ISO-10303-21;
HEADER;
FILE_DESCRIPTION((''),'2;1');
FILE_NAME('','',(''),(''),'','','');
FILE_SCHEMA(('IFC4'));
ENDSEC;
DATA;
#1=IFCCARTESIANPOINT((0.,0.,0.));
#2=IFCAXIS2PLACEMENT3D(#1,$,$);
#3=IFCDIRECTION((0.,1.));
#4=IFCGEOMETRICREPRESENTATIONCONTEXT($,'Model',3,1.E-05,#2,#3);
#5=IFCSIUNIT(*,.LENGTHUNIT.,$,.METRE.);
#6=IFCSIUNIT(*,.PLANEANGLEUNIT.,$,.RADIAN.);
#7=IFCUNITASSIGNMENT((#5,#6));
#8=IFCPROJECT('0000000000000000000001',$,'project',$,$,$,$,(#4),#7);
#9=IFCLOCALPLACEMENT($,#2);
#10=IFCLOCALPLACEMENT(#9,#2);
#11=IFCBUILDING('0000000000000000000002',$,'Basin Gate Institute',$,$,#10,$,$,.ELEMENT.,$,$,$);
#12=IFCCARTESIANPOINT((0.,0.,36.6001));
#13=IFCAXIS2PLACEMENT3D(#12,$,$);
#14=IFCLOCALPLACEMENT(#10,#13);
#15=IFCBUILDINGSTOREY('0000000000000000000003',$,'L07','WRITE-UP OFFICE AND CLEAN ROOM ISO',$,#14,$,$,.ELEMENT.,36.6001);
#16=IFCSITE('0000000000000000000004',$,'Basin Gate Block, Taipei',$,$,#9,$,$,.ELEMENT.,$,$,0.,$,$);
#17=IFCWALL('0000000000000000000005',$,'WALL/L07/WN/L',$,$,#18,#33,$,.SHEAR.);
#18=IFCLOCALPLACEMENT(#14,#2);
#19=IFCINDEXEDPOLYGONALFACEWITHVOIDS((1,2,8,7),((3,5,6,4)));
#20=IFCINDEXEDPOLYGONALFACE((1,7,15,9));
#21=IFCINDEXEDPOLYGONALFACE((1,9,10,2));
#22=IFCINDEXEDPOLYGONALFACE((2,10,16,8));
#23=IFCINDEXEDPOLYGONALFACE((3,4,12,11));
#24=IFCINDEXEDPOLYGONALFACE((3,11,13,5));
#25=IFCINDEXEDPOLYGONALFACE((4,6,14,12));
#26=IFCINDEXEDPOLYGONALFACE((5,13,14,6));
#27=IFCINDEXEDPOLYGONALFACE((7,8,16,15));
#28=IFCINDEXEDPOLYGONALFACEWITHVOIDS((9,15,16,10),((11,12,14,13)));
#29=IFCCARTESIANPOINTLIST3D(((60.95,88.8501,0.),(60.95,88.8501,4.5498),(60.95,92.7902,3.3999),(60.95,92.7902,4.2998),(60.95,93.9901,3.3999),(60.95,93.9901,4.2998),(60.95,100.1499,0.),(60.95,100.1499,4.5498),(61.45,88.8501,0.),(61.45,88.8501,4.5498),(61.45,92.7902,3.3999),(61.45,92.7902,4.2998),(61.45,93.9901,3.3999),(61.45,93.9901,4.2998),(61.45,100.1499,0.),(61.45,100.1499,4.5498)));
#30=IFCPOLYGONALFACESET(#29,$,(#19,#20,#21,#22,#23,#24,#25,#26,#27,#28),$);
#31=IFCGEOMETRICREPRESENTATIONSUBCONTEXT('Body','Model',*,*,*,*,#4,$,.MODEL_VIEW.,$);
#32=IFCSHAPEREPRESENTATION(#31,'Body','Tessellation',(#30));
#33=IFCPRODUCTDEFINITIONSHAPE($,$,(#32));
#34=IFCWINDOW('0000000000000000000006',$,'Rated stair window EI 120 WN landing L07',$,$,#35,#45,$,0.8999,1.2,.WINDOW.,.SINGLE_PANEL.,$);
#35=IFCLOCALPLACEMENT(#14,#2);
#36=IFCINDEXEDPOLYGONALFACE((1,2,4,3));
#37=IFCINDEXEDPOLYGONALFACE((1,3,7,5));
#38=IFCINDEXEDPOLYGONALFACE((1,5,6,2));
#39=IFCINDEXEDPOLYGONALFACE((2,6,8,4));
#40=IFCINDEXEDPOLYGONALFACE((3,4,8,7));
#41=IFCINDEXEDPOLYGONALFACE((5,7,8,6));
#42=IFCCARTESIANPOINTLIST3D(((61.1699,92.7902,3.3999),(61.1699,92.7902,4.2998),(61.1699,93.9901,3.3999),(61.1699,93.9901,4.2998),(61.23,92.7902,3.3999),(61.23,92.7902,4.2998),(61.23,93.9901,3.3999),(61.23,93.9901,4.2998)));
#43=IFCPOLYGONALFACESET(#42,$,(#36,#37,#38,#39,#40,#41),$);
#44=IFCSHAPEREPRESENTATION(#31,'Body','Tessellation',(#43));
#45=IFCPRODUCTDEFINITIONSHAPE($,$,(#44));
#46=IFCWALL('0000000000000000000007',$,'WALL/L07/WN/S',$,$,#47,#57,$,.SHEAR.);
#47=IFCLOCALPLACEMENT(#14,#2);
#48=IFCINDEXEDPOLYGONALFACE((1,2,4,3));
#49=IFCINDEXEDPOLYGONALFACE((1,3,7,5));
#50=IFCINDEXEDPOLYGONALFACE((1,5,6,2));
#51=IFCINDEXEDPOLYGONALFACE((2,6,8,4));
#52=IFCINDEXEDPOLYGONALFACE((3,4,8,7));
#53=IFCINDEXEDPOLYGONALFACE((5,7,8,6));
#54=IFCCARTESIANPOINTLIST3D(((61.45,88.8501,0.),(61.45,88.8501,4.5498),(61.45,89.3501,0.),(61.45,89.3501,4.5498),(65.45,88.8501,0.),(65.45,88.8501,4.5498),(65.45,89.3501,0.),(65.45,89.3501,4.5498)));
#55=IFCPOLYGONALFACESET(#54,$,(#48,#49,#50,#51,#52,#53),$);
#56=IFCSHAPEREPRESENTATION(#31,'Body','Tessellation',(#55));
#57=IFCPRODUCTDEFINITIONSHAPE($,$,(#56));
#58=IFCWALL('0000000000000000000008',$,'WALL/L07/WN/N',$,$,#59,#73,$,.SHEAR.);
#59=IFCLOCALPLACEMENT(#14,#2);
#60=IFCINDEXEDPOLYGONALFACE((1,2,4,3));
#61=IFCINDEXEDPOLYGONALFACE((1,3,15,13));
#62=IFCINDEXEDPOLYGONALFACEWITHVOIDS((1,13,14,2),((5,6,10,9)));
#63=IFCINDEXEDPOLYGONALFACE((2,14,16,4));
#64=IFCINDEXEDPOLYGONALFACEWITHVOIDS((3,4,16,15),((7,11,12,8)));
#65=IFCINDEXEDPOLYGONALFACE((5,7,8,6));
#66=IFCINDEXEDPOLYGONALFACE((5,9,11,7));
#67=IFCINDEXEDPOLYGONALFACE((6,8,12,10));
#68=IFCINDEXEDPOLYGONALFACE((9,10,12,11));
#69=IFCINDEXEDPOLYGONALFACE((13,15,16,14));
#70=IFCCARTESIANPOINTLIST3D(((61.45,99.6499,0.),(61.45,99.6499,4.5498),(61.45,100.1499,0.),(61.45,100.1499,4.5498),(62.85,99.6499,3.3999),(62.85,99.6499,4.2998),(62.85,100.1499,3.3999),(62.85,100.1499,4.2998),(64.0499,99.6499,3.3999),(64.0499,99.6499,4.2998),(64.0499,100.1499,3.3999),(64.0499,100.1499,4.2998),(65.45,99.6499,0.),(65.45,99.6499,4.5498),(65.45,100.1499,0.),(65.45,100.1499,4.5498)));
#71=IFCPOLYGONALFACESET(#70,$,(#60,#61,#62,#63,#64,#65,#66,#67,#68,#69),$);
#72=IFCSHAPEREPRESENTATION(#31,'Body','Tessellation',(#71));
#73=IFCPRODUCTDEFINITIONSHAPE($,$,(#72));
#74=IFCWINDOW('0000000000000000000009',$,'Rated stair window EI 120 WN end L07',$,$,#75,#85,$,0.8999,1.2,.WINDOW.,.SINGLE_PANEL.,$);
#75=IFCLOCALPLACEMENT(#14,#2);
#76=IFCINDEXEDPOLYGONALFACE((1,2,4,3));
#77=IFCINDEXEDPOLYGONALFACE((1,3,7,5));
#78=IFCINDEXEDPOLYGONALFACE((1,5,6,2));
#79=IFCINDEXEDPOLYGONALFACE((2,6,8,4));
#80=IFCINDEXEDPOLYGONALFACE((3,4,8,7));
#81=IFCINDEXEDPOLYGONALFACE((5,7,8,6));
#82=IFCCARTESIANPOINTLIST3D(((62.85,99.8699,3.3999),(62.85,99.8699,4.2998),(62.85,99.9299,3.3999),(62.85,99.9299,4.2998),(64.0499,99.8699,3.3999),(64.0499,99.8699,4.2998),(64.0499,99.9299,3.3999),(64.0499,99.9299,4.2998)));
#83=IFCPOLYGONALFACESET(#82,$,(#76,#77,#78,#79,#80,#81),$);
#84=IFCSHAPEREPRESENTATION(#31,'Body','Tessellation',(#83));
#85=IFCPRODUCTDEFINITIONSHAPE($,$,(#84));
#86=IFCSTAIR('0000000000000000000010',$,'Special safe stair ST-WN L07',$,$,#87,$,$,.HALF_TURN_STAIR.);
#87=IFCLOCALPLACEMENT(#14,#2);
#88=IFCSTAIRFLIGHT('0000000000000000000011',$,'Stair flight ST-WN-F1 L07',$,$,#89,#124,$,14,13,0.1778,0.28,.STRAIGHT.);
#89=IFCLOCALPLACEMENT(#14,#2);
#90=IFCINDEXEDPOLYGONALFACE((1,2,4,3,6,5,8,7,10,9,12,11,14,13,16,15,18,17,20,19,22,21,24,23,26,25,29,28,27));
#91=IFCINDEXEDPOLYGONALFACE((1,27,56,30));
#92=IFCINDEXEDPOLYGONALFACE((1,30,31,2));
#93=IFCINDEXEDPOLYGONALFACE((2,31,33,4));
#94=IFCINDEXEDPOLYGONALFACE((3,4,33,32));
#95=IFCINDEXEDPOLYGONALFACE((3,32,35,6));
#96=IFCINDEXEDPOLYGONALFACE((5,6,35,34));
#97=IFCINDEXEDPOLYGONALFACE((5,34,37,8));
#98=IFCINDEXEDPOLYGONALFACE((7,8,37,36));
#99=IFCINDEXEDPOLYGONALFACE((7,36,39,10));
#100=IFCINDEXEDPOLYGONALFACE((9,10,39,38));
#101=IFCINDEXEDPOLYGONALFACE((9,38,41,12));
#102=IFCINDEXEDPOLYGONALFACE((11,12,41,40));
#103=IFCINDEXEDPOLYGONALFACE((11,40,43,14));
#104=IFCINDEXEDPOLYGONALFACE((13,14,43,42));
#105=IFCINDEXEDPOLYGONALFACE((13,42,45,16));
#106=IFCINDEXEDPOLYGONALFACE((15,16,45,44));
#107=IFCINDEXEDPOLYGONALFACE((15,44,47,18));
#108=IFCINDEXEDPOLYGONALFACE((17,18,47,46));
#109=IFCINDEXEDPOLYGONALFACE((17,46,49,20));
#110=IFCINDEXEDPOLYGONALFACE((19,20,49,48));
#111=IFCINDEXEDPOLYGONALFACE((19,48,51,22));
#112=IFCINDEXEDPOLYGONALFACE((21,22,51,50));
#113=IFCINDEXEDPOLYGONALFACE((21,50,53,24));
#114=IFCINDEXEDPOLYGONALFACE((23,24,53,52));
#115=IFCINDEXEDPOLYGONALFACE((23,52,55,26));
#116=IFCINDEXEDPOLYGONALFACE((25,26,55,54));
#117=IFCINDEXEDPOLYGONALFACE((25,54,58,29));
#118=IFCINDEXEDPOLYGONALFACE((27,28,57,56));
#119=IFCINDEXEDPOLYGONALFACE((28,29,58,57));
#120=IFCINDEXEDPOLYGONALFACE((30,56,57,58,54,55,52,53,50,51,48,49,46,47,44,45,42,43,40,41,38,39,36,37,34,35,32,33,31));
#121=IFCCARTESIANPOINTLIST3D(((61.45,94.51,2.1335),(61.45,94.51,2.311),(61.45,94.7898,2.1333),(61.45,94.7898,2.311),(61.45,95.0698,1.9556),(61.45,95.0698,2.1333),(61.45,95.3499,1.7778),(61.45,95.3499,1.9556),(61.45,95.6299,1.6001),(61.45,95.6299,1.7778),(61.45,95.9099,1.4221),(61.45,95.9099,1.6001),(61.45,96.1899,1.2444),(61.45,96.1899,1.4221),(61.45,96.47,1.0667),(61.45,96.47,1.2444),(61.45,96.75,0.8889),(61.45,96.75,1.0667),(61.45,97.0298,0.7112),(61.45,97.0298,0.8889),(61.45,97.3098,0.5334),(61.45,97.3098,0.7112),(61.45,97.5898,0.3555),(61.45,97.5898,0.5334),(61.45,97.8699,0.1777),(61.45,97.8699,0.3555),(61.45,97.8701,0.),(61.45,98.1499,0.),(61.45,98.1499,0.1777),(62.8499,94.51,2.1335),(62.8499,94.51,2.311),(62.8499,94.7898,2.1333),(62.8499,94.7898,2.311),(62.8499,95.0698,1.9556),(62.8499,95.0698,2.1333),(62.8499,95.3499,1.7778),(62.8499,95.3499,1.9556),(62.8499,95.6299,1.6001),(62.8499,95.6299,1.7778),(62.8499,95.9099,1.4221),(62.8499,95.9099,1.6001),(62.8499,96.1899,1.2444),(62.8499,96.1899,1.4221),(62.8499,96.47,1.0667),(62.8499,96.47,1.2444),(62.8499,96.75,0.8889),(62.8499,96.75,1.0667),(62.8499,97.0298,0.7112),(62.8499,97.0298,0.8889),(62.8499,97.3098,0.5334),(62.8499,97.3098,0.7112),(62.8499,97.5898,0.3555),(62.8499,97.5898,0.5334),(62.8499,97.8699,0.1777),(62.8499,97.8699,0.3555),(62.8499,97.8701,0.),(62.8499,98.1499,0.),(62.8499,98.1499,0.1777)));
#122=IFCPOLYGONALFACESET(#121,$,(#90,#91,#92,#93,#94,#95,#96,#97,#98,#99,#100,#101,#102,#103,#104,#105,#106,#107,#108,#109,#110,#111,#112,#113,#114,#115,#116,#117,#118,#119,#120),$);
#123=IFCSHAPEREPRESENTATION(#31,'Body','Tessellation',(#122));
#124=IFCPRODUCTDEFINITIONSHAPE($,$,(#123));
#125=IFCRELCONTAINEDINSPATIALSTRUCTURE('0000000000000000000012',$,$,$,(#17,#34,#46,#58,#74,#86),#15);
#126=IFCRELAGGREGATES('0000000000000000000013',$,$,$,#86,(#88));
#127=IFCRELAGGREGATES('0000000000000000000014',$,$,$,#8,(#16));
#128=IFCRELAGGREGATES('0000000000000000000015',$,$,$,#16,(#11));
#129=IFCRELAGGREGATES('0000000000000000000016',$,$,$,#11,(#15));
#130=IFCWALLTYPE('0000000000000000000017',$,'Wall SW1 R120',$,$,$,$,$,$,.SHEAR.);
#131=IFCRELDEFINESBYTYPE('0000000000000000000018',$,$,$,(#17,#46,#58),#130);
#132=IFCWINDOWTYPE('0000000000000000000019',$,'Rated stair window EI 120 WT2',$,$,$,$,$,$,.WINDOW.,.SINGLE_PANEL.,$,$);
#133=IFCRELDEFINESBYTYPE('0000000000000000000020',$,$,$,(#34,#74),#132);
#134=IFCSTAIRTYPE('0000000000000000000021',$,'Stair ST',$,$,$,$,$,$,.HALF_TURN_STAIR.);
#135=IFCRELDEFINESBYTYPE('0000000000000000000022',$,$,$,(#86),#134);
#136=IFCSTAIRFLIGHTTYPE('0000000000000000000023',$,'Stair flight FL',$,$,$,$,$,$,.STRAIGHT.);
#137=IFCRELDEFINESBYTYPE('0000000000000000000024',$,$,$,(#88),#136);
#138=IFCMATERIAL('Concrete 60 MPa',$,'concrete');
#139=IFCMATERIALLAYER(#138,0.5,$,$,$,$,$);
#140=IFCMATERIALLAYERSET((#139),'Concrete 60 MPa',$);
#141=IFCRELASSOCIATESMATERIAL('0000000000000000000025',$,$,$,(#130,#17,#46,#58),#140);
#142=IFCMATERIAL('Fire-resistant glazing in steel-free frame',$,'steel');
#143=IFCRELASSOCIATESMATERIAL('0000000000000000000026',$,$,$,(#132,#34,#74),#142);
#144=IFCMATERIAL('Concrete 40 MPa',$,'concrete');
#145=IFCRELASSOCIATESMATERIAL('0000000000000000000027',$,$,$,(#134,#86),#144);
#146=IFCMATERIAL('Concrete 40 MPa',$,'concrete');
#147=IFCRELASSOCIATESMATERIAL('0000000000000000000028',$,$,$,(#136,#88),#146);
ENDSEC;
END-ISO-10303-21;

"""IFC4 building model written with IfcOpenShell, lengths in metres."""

from ifc_helpers import new_model, si_unit, direction, frame, frame_2d, origin, place, context, subcontext, project, spatial, polyline, rectangle, outline, extrude, material, layer, layer_set, type_object, element, fill, aggregate, save


model = new_model("IFC4")

# Units and contexts
model_context = context("Model", 3, precision=1e-05, world=origin(), true_north=direction((0.0, 1.0)))
body_context = subcontext(model_context, "Body", "Model", "MODEL_VIEW")
ifc_project = project(units=[si_unit("LENGTHUNIT", "METRE"), si_unit("PLANEANGLEUNIT", "RADIAN")], contexts=[model_context])

# Site, building, storey
site_placement = place(None, origin())
site = spatial("IfcSite", under=ifc_project, at=site_placement, Name="Basin Gate Block, Taipei", CompositionType="ELEMENT", RefElevation=0.0)
building_placement = place(site_placement, origin())
building = spatial("IfcBuilding", under=site, at=building_placement, Name="Basin Gate Institute", CompositionType="ELEMENT")
storey_placement = place(building_placement, frame((0.0, 0.0, 36.6001)))
storey = spatial("IfcBuildingStorey", under=building, at=storey_placement, Name="L07", Description="WRITE-UP OFFICE AND CLEAN ROOM ISO", CompositionType="ELEMENT", Elevation=36.6001)

# Wall, opening, window
ifc_material_1 = material(Name="Concrete 60 MPa", Category="concrete")
ifc_layer_1 = layer(ifc_material_1, 0.5)
ifc_layer_set_1 = layer_set([ifc_layer_1], Name="Concrete 60 MPa")
wall_type_1 = type_object("IfcWallType", Name="Wall SW1 R120", PredefinedType="SHEAR", material=ifc_layer_set_1)
wall_1_placement = place(storey_placement, frame((61.2, 88.8501, 0.0), z_axis=(0.0, 0.0, 1.0), x_axis=(0.0, 1.0, 0.0)))
wall_1 = element("IfcWall", 1, at=wall_1_placement, inside=storey, type_object=wall_type_1, material=ifc_layer_set_1, Name="WALL/L07/WN/L", PredefinedType="SHEAR", context=body_context, shape_type="SweptSolid", body=[
    extrude(rectangle(XDim=11.2998, YDim=0.5, at=frame_2d((5.6499, 0.0))), origin(), (0.0, 0.0, 1.0), 4.5498),
])
opening_1_placement = place(wall_1_placement, frame((3.9399, 0.0, 3.3999)))
opening_1 = element("IfcOpeningElement", 2, at=opening_1_placement, cuts=wall_1, PredefinedType="OPENING", context=body_context, shape_type="SweptSolid", body=[
    extrude(rectangle(XDim=1.2, YDim=0.8999, at=frame_2d((0.6001, 0.45))), frame((0.0, 0.26, 0.0), z_axis=(0.0, -1.0, 0.0), x_axis=(1.0, 0.0, 0.0)), (0.0, 0.0, 1.0), 0.52),
])
ifc_material_2 = material(Name="Fire-resistant glazing in steel-free frame", Category="steel")
window_type = type_object("IfcWindowType", Name="Rated stair window EI 120 WT2", PartitioningType="SINGLE_PANEL", PredefinedType="WINDOW", material=ifc_material_2)
window_1_placement = place(opening_1_placement, origin())
window_1 = element("IfcWindow", 3, at=window_1_placement, inside=storey, type_object=window_type, material=ifc_material_2, Name="Rated stair window EI 120 WN landing L07", OverallHeight=0.8999, OverallWidth=1.2, PartitioningType="SINGLE_PANEL", PredefinedType="WINDOW", context=body_context, shape_type="SweptSolid", body=[
    extrude(rectangle(XDim=1.2, YDim=0.8999, at=frame_2d((0.6001, 0.45))), frame((0.0, 0.03, 0.0), z_axis=(0.0, -1.0, 0.0), x_axis=(1.0, 0.0, 0.0)), (0.0, 0.0, 1.0), 0.0601),
])
fill(opening_1, window_1)

# Wall
wall_2_placement = place(storey_placement, frame((61.45, 89.1001, 0.0), z_axis=(0.0, 0.0, 1.0), x_axis=(1.0, 0.0, 0.0)))
element("IfcWall", 4, at=wall_2_placement, inside=storey, type_object=wall_type_1, material=ifc_layer_set_1, Name="WALL/L07/WN/S", PredefinedType="SHEAR", context=body_context, shape_type="SweptSolid", body=[
    extrude(rectangle(XDim=4.0, YDim=0.5, at=frame_2d((2.0, 0.0))), origin(), (0.0, 0.0, 1.0), 4.5498),
])

# Wall, opening, window
wall_3_placement = place(storey_placement, frame((61.45, 99.8999, 0.0), z_axis=(0.0, 0.0, 1.0), x_axis=(1.0, 0.0, 0.0)))
wall_3 = element("IfcWall", 5, at=wall_3_placement, inside=storey, type_object=wall_type_1, material=ifc_layer_set_1, Name="WALL/L07/WN/N", PredefinedType="SHEAR", context=body_context, shape_type="SweptSolid", body=[
    extrude(rectangle(XDim=4.0, YDim=0.5, at=frame_2d((2.0, 0.0))), origin(), (0.0, 0.0, 1.0), 4.5498),
])
opening_2_placement = place(wall_3_placement, frame((1.3999, 0.0, 3.3999)))
opening_2 = element("IfcOpeningElement", 6, at=opening_2_placement, cuts=wall_3, PredefinedType="OPENING", context=body_context, shape_type="SweptSolid", body=[
    extrude(rectangle(XDim=1.2, YDim=0.8999, at=frame_2d((0.6001, 0.45))), frame((0.0, 0.26, 0.0), z_axis=(0.0, -1.0, 0.0), x_axis=(1.0, 0.0, 0.0)), (0.0, 0.0, 1.0), 0.52),
])
window_2_placement = place(opening_2_placement, origin())
window_2 = element("IfcWindow", 7, at=window_2_placement, inside=storey, type_object=window_type, material=ifc_material_2, Name="Rated stair window EI 120 WN end L07", OverallHeight=0.8999, OverallWidth=1.2, PartitioningType="SINGLE_PANEL", PredefinedType="WINDOW", context=body_context, shape_type="SweptSolid", body=[
    extrude(rectangle(XDim=1.2, YDim=0.8999, at=frame_2d((0.6001, 0.45))), frame((0.0, 0.03, 0.0), z_axis=(0.0, -1.0, 0.0), x_axis=(1.0, 0.0, 0.0)), (0.0, 0.0, 1.0), 0.0601),
])
fill(opening_2, window_2)

# Stair, stair flight
ifc_material_3 = material(Name="Concrete 40 MPa", Category="concrete")
stair_type = type_object("IfcStairType", Name="Stair ST", PredefinedType="HALF_TURN_STAIR", material=ifc_material_3)
stair_placement = place(storey_placement, origin())
stair = element("IfcStair", 8, at=stair_placement, inside=storey, type_object=stair_type, material=ifc_material_3, Name="Special safe stair ST-WN L07", PredefinedType="HALF_TURN_STAIR")
ifc_material_4 = material(Name="Concrete 40 MPa", Category="concrete")
stair_flight_type = type_object("IfcStairFlightType", Name="Stair flight FL", PredefinedType="STRAIGHT", material=ifc_material_4)
stair_flight_placement = place(storey_placement, frame((62.1499, 98.1499, 0.0), z_axis=(0.0, 0.0, 1.0), x_axis=(0.0, -1.0, 0.0)))
stair_flight = element("IfcStairFlight", 9, at=stair_flight_placement, type_object=stair_flight_type, material=ifc_material_4, Name="Stair flight ST-WN-F1 L07", NumberOfRisers=14, NumberOfTreads=13, PredefinedType="STRAIGHT", RiserHeight=0.1778, TreadLength=0.28, context=body_context, shape_type="SweptSolid", body=[
    extrude(outline(polyline([(0.0, 0.0), (0.0, 0.1777), (0.28, 0.1777), (0.28, 0.3555), (0.5601, 0.3555), (0.5601, 0.5334), (0.8401, 0.5334), (0.8401, 0.7112), (1.1201, 0.7112), (1.1201, 0.8889), (1.3999, 0.8889), (1.3999, 1.0667), (1.6799, 1.0667), (1.6799, 1.2444), (1.96, 1.2444), (1.96, 1.4221), (2.24, 1.4221), (2.24, 1.6001), (2.52, 1.6001), (2.52, 1.7778), (2.8, 1.7778), (2.8, 1.9556), (3.0801, 1.9556), (3.0801, 2.1333), (3.3601, 2.1333), (3.3601, 2.311), (3.6399, 2.311), (3.6399, 2.4888), (3.6399, 2.1335), (0.2798, 0.0), (0.0, 0.0)])), frame((0.0, 0.7, 0.0), z_axis=(0.0, -1.0, 0.0), x_axis=(1.0, 0.0, 0.0)), (0.0, 0.0, 1.0), 1.3999),
])
aggregate(stair, [stair_flight])

save(model, "model.ifc")
